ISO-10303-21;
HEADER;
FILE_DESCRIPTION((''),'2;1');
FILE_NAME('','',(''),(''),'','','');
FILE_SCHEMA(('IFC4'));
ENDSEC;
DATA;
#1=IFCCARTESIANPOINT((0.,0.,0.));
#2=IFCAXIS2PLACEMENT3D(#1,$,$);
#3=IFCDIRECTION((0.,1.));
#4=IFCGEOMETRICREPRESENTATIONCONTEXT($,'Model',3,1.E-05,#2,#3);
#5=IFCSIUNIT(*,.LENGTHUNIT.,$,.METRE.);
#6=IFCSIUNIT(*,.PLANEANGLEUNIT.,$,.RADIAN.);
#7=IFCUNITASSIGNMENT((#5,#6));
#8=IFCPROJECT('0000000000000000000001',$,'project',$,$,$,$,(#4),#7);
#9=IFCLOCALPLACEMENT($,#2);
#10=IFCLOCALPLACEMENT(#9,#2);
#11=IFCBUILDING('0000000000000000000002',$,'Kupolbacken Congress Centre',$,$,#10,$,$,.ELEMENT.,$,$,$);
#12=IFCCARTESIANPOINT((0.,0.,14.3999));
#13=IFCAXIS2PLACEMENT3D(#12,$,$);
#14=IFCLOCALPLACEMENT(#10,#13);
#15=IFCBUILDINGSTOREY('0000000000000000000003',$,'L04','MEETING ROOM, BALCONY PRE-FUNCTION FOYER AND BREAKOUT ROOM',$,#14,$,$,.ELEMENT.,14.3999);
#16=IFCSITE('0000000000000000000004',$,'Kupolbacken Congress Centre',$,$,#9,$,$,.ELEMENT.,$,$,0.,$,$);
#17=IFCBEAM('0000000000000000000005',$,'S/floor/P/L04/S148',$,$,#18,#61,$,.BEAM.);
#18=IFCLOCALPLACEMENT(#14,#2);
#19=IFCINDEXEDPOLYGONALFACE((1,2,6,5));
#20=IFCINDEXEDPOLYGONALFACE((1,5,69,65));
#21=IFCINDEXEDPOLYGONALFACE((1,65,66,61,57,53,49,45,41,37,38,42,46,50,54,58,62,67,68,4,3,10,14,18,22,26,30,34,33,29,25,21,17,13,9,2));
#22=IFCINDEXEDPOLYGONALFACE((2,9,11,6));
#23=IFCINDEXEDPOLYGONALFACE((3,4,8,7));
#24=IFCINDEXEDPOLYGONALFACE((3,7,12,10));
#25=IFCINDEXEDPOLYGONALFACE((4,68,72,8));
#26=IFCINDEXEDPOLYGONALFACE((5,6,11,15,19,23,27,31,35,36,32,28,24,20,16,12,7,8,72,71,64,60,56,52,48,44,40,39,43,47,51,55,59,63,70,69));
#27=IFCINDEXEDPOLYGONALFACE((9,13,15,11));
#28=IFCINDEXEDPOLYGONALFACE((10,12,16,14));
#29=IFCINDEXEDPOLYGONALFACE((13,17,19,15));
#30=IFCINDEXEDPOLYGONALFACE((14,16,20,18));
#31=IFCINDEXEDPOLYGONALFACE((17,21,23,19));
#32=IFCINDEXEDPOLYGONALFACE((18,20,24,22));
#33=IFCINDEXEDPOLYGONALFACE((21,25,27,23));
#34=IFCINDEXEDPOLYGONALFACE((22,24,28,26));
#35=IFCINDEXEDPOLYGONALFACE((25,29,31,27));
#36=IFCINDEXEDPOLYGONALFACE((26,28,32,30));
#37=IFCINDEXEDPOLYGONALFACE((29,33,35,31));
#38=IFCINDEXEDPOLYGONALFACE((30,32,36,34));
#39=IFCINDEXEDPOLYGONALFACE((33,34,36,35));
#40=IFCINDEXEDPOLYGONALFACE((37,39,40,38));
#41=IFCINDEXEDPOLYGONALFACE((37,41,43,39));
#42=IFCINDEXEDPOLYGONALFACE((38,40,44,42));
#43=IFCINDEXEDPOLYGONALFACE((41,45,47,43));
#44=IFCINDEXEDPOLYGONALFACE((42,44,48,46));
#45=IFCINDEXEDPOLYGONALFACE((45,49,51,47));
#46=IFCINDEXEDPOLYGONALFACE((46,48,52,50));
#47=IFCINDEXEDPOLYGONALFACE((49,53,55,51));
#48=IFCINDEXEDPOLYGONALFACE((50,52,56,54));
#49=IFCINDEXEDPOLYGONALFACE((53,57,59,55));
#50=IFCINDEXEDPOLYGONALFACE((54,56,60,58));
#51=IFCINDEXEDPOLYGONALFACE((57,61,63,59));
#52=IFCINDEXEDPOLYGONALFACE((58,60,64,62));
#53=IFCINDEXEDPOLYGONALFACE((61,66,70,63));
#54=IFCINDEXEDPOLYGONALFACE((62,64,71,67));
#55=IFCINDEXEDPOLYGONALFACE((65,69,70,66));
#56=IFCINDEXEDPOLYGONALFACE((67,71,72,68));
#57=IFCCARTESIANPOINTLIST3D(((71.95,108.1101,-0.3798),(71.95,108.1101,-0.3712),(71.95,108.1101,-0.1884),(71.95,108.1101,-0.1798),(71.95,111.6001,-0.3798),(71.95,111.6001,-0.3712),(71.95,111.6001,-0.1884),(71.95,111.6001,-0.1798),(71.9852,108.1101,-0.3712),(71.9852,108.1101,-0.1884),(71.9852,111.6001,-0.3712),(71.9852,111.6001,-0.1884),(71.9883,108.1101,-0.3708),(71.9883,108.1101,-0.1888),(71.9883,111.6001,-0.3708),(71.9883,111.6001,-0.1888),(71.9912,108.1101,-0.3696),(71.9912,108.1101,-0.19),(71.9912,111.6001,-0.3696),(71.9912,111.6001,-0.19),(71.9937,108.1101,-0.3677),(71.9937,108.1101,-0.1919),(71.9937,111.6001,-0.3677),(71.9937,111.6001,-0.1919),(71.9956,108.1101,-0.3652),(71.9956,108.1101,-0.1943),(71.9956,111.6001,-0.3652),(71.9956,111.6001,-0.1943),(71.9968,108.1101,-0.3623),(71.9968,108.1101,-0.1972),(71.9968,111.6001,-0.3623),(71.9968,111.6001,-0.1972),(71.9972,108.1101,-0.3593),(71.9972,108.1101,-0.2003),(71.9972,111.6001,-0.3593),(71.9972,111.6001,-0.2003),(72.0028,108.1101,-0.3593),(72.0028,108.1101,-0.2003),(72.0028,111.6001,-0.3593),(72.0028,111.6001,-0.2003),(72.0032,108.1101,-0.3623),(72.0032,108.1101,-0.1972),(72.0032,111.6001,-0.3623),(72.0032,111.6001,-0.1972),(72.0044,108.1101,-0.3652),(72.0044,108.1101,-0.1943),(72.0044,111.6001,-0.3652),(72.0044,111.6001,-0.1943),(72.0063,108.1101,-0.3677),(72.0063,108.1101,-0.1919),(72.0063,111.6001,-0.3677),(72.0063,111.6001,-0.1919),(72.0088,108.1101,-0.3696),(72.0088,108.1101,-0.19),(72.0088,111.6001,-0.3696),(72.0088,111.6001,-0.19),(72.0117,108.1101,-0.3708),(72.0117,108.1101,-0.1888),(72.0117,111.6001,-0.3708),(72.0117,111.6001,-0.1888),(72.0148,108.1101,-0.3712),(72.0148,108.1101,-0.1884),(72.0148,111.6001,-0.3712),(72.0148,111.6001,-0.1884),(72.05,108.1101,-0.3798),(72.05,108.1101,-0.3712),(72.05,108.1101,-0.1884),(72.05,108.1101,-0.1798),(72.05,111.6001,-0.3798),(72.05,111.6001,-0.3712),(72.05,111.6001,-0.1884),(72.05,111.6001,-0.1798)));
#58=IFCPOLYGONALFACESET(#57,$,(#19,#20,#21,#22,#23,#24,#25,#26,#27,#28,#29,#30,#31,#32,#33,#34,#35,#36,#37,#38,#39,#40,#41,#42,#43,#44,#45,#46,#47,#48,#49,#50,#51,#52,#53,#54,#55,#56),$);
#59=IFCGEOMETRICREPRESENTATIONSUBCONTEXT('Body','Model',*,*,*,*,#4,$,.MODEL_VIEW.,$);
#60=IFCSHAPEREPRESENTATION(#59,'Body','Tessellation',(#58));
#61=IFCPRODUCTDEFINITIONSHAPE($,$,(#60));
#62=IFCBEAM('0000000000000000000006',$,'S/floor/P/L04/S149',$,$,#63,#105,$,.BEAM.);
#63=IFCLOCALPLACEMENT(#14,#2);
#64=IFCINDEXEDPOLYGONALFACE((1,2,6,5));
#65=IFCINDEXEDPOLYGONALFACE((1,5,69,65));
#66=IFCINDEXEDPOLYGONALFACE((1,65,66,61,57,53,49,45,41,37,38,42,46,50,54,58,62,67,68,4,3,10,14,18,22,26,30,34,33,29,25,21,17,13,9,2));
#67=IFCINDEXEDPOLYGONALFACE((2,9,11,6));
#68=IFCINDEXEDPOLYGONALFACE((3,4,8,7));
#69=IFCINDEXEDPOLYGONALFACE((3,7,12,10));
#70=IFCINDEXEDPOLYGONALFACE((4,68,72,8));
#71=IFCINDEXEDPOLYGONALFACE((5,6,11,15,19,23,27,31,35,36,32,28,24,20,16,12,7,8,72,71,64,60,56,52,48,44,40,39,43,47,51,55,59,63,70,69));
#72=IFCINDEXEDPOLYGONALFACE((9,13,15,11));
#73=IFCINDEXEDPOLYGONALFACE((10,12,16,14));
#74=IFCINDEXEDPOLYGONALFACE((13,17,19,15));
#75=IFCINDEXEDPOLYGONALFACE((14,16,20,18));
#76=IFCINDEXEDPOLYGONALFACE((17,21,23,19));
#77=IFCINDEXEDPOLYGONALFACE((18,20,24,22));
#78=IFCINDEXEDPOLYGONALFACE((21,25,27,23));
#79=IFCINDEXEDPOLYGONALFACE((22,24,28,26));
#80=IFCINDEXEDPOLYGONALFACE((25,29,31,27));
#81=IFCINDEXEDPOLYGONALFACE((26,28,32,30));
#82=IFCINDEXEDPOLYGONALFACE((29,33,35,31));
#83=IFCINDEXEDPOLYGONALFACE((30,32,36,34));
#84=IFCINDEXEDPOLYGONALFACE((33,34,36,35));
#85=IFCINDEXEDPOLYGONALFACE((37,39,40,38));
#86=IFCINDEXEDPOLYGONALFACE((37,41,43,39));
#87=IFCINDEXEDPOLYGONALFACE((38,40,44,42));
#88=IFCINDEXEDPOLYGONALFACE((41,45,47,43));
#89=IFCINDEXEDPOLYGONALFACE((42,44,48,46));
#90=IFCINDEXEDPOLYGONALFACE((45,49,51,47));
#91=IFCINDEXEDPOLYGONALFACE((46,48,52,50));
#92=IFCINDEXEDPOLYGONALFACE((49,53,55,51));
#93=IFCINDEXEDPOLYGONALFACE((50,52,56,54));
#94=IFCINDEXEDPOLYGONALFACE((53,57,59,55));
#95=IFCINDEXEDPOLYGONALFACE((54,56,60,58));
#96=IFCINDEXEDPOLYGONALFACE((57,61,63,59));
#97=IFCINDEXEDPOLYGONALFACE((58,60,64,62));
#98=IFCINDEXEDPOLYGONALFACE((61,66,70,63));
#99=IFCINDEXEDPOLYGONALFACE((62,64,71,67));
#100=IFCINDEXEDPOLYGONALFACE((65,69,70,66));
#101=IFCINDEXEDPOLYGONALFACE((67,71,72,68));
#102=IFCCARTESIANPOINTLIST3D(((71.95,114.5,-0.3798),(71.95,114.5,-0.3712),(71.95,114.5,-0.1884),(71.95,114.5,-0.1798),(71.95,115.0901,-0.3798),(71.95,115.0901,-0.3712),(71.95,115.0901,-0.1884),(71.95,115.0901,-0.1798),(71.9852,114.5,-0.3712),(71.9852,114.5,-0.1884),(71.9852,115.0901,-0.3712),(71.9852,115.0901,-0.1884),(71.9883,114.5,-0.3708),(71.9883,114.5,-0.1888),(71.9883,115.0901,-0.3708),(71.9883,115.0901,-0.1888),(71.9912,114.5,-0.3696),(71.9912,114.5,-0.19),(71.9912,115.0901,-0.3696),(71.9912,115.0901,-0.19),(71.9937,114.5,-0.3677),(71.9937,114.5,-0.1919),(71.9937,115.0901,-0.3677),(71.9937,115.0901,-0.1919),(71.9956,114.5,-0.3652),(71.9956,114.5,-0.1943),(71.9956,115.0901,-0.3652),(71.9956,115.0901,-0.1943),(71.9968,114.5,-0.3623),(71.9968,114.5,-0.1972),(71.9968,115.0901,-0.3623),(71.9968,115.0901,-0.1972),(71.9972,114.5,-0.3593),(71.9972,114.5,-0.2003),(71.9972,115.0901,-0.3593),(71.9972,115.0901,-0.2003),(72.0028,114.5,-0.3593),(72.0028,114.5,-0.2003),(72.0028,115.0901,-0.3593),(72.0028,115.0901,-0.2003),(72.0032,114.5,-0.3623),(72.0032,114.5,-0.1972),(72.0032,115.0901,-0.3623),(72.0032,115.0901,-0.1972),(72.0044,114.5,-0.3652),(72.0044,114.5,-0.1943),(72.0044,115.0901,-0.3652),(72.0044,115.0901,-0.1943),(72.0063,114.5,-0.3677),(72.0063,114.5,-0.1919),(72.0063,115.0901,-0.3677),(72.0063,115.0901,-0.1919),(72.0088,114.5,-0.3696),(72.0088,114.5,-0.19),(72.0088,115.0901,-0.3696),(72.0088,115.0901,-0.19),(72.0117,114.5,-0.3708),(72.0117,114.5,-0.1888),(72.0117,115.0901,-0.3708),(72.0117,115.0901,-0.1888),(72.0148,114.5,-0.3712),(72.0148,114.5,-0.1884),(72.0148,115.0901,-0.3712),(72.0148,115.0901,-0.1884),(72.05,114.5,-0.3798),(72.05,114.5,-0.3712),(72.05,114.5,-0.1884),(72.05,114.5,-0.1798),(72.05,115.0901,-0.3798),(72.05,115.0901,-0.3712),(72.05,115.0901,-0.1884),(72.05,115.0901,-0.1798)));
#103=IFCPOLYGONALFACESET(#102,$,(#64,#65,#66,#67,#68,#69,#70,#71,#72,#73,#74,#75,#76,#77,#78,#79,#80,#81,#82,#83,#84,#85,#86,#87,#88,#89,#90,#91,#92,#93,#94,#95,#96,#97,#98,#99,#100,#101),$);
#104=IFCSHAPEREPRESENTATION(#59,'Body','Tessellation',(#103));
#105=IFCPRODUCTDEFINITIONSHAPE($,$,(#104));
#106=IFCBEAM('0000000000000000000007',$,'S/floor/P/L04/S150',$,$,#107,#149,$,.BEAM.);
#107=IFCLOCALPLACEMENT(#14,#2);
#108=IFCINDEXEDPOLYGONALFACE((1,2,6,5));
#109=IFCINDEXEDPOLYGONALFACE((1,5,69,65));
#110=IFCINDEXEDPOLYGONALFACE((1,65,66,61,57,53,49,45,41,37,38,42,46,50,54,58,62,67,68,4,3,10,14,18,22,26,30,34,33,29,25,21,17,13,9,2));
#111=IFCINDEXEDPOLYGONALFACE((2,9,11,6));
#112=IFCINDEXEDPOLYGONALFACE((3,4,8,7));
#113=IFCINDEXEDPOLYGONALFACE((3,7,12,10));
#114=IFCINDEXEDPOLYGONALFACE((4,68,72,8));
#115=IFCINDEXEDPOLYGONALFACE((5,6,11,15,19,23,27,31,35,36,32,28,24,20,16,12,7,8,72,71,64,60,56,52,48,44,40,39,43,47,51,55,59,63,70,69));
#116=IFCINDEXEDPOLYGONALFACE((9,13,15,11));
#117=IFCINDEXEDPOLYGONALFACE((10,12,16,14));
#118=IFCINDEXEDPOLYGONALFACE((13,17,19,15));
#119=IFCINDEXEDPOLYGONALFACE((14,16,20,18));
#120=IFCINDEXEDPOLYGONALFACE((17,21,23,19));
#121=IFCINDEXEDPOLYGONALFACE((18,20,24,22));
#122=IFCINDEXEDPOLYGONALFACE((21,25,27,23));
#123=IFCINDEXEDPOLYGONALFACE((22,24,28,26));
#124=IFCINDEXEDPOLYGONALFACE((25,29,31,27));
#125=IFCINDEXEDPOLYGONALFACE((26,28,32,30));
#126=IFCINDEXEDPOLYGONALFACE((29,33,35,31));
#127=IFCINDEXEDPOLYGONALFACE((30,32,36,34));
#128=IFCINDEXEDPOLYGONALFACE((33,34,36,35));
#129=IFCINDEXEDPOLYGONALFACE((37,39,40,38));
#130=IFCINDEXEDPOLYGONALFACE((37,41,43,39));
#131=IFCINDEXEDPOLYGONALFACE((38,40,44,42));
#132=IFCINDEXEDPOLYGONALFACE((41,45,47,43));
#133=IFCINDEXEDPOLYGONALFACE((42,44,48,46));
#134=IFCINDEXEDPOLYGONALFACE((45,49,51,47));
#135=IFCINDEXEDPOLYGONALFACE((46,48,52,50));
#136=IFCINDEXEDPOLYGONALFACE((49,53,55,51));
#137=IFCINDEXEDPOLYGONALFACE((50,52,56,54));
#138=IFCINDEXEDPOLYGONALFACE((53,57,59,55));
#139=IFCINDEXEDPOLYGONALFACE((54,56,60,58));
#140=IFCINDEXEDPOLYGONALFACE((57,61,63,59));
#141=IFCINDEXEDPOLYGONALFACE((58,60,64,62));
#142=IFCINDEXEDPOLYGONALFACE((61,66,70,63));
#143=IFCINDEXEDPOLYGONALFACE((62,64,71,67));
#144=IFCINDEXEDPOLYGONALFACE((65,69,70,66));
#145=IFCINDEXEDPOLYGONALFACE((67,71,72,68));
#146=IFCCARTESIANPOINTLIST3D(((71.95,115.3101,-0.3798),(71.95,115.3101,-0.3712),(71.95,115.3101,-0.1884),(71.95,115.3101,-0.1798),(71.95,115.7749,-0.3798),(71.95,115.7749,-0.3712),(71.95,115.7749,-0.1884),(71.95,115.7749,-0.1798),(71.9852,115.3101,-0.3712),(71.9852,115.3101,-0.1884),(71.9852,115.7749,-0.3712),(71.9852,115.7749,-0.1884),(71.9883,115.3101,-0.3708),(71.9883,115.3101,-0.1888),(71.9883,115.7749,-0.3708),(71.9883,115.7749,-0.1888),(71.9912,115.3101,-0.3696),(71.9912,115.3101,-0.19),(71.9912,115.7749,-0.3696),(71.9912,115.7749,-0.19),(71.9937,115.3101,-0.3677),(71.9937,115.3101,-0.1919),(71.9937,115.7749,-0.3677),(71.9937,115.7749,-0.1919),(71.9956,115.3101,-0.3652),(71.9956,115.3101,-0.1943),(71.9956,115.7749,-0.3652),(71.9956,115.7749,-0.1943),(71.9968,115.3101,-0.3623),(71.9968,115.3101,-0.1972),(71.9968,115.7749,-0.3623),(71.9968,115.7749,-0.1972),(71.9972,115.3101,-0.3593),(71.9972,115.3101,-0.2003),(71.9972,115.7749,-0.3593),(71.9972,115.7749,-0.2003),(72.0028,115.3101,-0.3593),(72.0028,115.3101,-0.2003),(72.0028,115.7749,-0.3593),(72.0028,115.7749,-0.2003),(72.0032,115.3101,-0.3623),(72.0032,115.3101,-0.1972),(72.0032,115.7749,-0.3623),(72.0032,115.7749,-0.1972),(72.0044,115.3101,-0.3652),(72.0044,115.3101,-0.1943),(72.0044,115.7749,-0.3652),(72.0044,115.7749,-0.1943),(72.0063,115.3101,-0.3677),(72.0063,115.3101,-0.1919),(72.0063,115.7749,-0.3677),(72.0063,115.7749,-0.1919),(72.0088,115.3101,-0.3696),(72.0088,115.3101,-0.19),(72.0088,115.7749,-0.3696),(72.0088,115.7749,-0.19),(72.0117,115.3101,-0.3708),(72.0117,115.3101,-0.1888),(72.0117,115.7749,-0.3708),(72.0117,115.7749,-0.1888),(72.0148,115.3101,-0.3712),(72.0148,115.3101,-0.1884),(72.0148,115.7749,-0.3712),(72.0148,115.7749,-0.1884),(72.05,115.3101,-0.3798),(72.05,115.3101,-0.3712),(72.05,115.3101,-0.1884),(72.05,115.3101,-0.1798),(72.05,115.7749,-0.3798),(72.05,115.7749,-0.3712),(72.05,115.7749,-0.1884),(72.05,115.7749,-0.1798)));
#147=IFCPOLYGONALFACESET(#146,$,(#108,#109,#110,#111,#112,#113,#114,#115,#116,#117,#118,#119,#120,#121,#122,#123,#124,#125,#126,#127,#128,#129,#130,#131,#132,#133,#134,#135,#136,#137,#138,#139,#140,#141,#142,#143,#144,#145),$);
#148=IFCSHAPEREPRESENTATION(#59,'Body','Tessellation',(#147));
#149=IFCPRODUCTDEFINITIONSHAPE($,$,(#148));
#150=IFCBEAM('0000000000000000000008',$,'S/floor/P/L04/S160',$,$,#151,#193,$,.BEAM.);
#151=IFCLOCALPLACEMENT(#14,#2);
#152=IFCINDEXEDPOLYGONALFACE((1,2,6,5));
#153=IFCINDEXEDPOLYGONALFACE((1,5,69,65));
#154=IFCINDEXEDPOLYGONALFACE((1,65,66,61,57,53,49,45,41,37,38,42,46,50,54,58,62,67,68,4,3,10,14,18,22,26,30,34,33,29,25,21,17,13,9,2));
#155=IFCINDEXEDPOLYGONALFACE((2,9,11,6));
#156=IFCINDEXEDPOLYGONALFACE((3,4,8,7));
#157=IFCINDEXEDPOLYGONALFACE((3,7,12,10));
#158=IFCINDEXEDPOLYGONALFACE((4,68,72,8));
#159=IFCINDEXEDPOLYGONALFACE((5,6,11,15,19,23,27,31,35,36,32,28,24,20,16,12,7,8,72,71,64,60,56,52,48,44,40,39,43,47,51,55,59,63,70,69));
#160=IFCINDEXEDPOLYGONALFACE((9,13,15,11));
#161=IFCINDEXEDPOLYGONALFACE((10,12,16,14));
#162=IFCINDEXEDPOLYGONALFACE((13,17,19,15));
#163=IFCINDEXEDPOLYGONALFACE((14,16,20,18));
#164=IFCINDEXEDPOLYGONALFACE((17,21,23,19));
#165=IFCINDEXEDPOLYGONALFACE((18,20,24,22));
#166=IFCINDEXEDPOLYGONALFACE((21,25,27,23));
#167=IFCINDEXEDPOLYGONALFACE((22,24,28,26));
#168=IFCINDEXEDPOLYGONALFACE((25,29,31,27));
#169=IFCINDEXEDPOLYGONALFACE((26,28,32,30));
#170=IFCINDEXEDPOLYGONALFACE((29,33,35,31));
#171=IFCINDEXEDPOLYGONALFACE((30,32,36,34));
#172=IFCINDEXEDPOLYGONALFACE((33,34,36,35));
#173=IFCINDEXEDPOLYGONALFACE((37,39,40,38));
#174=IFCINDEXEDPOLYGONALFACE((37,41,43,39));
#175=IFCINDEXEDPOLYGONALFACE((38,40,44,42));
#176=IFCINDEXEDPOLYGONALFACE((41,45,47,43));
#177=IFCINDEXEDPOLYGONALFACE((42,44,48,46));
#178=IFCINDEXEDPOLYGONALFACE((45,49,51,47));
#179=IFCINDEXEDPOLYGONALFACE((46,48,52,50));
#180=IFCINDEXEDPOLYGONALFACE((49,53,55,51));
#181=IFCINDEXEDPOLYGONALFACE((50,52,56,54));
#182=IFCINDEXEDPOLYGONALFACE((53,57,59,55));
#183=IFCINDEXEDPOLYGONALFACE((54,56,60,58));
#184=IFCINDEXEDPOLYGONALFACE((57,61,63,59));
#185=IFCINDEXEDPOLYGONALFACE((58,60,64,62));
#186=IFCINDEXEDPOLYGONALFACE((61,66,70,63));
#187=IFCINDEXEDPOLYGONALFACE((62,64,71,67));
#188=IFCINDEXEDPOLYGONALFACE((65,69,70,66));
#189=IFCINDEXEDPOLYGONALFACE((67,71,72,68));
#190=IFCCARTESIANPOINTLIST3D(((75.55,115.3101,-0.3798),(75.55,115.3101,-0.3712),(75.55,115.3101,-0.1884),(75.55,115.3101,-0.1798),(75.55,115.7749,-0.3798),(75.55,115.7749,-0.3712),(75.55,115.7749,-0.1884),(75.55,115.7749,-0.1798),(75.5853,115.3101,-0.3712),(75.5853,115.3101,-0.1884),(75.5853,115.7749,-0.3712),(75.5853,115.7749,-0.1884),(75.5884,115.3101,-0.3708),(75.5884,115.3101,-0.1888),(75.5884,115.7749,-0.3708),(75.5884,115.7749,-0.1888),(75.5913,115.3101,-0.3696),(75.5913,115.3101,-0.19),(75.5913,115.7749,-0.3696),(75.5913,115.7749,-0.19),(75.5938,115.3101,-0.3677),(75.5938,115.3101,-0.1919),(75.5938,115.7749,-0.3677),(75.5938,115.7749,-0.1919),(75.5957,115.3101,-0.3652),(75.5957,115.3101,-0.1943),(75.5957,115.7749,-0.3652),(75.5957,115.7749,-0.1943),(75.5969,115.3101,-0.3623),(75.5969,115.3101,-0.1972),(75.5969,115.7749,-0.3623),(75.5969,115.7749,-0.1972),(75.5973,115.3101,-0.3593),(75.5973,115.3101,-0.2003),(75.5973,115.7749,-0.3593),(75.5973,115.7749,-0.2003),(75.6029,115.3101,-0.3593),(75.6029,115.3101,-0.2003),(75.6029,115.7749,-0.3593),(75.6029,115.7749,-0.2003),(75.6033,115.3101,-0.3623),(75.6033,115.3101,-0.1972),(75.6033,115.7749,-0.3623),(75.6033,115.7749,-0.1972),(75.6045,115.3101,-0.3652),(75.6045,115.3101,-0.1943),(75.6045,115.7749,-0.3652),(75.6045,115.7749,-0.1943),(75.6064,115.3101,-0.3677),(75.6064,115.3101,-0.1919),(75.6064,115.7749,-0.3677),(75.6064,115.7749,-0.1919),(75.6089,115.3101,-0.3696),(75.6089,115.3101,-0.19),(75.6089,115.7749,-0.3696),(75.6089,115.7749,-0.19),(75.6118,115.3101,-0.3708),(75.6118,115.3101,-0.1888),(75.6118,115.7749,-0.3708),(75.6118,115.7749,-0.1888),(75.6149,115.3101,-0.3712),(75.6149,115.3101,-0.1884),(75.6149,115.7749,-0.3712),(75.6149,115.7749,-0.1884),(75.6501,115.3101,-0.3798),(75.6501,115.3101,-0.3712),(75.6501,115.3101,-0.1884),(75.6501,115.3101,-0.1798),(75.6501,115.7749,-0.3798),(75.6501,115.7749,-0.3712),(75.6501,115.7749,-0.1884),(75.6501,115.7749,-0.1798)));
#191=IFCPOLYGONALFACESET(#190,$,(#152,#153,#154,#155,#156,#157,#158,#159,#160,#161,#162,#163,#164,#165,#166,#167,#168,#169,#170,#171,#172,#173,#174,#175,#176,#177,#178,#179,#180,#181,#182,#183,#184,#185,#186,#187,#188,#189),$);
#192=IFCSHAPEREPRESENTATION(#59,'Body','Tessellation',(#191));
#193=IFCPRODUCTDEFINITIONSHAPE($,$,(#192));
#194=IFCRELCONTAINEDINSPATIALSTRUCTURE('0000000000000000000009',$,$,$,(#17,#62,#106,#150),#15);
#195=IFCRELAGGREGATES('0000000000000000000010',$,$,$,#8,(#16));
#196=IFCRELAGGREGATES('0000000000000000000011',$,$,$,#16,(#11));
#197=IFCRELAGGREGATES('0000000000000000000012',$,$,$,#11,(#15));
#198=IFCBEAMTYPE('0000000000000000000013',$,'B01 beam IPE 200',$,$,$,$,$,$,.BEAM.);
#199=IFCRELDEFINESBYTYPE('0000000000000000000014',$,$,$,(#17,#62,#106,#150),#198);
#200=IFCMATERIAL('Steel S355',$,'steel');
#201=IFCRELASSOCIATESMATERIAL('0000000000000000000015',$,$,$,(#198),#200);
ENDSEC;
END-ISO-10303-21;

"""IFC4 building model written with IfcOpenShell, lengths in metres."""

from ifc_helpers import new_model, si_unit, direction, frame, origin, origin_2d, place, context, subcontext, project, spatial, i_section, extrude, material, material_profile, profile_set, type_object, element, save


model = new_model("IFC4")

# Units and contexts
model_context = context("Model", 3, precision=1e-05, world=origin(), true_north=direction((0.0, 1.0)))
body_context = subcontext(model_context, "Body", "Model", "MODEL_VIEW")
ifc_project = project(units=[si_unit("LENGTHUNIT", "METRE"), si_unit("PLANEANGLEUNIT", "RADIAN")], contexts=[model_context])

# Site, building, storey
site_placement = place(None, origin())
site = spatial("IfcSite", under=ifc_project, at=site_placement, Name="Kupolbacken Congress Centre", CompositionType="ELEMENT", RefElevation=0.0)
building_placement = place(site_placement, origin())
building = spatial("IfcBuilding", under=site, at=building_placement, Name="Kupolbacken Congress Centre", CompositionType="ELEMENT")
storey_placement = place(building_placement, frame((0.0, 0.0, 14.3999)))
storey = spatial("IfcBuildingStorey", under=building, at=storey_placement, Name="L04", Description="MEETING ROOM, BALCONY PRE-FUNCTION FOYER AND BREAKOUT ROOM", CompositionType="ELEMENT", Elevation=14.3999)

# Beams
ifc_material_1 = material(Name="Steel S355", Category="steel")
ifc_material_profile_1 = material_profile(ifc_material_1, i_section(OverallWidth=0.1001, OverallDepth=0.2, WebThickness=0.0056, FlangeThickness=0.0085, FilletRadius=0.012, at=origin_2d()), Name="IPE 200")
ifc_profile_set_1 = profile_set([ifc_material_profile_1], Name="Steel S355")
beam_type_1 = type_object("IfcBeamType", Name="B01 beam IPE 200", PredefinedType="BEAM", material=ifc_profile_set_1)
beam_1_placement = place(storey_placement, frame((72.0, 108.1101, -0.2798), z_axis=(0.0, 1.0, 0.0), x_axis=(-1.0, 0.0, 0.0)))
element("IfcBeam", 1, at=beam_1_placement, inside=storey, type_object=beam_type_1, Name="S/floor/P/L04/S148", PredefinedType="BEAM", context=body_context, shape_type="SweptSolid", body=[
    extrude(i_section(OverallWidth=0.1001, OverallDepth=0.2, WebThickness=0.0056, FlangeThickness=0.0085, FilletRadius=0.012, at=origin_2d()), origin(), (0.0, 0.0, 1.0), 3.49),
])
beam_2_placement = place(storey_placement, frame((72.0, 114.5, -0.2798), z_axis=(0.0, 1.0, 0.0), x_axis=(-1.0, 0.0, 0.0)))
element("IfcBeam", 2, at=beam_2_placement, inside=storey, type_object=beam_type_1, Name="S/floor/P/L04/S149", PredefinedType="BEAM", context=body_context, shape_type="SweptSolid", body=[
    extrude(i_section(OverallWidth=0.1001, OverallDepth=0.2, WebThickness=0.0056, FlangeThickness=0.0085, FilletRadius=0.012, at=origin_2d()), origin(), (0.0, 0.0, 1.0), 0.5901),
])
for number, where, z_axis, x_axis, name in (
    (3, (72.0, 115.3101, -0.2798), (0.0, 1.0, 0.0), (-1.0, 0.0, 0.0), "S/floor/P/L04/S150"),
    (4, (75.6001, 115.3101, -0.2798), (0.0, 1.0, 0.0), (-1.0, 0.0, 0.0), "S/floor/P/L04/S160"),
):
    element("IfcBeam", number, at=place(storey_placement, frame(where, z_axis=z_axis, x_axis=x_axis)), inside=storey, type_object=beam_type_1, Name=name, PredefinedType="BEAM", context=body_context, shape_type="SweptSolid", body=[
        extrude(i_section(OverallWidth=0.1001, OverallDepth=0.2, WebThickness=0.0056, FlangeThickness=0.0085, FilletRadius=0.012, at=origin_2d()), origin(), (0.0, 0.0, 1.0), 0.4648),
    ])

save(model, "model.ifc")
